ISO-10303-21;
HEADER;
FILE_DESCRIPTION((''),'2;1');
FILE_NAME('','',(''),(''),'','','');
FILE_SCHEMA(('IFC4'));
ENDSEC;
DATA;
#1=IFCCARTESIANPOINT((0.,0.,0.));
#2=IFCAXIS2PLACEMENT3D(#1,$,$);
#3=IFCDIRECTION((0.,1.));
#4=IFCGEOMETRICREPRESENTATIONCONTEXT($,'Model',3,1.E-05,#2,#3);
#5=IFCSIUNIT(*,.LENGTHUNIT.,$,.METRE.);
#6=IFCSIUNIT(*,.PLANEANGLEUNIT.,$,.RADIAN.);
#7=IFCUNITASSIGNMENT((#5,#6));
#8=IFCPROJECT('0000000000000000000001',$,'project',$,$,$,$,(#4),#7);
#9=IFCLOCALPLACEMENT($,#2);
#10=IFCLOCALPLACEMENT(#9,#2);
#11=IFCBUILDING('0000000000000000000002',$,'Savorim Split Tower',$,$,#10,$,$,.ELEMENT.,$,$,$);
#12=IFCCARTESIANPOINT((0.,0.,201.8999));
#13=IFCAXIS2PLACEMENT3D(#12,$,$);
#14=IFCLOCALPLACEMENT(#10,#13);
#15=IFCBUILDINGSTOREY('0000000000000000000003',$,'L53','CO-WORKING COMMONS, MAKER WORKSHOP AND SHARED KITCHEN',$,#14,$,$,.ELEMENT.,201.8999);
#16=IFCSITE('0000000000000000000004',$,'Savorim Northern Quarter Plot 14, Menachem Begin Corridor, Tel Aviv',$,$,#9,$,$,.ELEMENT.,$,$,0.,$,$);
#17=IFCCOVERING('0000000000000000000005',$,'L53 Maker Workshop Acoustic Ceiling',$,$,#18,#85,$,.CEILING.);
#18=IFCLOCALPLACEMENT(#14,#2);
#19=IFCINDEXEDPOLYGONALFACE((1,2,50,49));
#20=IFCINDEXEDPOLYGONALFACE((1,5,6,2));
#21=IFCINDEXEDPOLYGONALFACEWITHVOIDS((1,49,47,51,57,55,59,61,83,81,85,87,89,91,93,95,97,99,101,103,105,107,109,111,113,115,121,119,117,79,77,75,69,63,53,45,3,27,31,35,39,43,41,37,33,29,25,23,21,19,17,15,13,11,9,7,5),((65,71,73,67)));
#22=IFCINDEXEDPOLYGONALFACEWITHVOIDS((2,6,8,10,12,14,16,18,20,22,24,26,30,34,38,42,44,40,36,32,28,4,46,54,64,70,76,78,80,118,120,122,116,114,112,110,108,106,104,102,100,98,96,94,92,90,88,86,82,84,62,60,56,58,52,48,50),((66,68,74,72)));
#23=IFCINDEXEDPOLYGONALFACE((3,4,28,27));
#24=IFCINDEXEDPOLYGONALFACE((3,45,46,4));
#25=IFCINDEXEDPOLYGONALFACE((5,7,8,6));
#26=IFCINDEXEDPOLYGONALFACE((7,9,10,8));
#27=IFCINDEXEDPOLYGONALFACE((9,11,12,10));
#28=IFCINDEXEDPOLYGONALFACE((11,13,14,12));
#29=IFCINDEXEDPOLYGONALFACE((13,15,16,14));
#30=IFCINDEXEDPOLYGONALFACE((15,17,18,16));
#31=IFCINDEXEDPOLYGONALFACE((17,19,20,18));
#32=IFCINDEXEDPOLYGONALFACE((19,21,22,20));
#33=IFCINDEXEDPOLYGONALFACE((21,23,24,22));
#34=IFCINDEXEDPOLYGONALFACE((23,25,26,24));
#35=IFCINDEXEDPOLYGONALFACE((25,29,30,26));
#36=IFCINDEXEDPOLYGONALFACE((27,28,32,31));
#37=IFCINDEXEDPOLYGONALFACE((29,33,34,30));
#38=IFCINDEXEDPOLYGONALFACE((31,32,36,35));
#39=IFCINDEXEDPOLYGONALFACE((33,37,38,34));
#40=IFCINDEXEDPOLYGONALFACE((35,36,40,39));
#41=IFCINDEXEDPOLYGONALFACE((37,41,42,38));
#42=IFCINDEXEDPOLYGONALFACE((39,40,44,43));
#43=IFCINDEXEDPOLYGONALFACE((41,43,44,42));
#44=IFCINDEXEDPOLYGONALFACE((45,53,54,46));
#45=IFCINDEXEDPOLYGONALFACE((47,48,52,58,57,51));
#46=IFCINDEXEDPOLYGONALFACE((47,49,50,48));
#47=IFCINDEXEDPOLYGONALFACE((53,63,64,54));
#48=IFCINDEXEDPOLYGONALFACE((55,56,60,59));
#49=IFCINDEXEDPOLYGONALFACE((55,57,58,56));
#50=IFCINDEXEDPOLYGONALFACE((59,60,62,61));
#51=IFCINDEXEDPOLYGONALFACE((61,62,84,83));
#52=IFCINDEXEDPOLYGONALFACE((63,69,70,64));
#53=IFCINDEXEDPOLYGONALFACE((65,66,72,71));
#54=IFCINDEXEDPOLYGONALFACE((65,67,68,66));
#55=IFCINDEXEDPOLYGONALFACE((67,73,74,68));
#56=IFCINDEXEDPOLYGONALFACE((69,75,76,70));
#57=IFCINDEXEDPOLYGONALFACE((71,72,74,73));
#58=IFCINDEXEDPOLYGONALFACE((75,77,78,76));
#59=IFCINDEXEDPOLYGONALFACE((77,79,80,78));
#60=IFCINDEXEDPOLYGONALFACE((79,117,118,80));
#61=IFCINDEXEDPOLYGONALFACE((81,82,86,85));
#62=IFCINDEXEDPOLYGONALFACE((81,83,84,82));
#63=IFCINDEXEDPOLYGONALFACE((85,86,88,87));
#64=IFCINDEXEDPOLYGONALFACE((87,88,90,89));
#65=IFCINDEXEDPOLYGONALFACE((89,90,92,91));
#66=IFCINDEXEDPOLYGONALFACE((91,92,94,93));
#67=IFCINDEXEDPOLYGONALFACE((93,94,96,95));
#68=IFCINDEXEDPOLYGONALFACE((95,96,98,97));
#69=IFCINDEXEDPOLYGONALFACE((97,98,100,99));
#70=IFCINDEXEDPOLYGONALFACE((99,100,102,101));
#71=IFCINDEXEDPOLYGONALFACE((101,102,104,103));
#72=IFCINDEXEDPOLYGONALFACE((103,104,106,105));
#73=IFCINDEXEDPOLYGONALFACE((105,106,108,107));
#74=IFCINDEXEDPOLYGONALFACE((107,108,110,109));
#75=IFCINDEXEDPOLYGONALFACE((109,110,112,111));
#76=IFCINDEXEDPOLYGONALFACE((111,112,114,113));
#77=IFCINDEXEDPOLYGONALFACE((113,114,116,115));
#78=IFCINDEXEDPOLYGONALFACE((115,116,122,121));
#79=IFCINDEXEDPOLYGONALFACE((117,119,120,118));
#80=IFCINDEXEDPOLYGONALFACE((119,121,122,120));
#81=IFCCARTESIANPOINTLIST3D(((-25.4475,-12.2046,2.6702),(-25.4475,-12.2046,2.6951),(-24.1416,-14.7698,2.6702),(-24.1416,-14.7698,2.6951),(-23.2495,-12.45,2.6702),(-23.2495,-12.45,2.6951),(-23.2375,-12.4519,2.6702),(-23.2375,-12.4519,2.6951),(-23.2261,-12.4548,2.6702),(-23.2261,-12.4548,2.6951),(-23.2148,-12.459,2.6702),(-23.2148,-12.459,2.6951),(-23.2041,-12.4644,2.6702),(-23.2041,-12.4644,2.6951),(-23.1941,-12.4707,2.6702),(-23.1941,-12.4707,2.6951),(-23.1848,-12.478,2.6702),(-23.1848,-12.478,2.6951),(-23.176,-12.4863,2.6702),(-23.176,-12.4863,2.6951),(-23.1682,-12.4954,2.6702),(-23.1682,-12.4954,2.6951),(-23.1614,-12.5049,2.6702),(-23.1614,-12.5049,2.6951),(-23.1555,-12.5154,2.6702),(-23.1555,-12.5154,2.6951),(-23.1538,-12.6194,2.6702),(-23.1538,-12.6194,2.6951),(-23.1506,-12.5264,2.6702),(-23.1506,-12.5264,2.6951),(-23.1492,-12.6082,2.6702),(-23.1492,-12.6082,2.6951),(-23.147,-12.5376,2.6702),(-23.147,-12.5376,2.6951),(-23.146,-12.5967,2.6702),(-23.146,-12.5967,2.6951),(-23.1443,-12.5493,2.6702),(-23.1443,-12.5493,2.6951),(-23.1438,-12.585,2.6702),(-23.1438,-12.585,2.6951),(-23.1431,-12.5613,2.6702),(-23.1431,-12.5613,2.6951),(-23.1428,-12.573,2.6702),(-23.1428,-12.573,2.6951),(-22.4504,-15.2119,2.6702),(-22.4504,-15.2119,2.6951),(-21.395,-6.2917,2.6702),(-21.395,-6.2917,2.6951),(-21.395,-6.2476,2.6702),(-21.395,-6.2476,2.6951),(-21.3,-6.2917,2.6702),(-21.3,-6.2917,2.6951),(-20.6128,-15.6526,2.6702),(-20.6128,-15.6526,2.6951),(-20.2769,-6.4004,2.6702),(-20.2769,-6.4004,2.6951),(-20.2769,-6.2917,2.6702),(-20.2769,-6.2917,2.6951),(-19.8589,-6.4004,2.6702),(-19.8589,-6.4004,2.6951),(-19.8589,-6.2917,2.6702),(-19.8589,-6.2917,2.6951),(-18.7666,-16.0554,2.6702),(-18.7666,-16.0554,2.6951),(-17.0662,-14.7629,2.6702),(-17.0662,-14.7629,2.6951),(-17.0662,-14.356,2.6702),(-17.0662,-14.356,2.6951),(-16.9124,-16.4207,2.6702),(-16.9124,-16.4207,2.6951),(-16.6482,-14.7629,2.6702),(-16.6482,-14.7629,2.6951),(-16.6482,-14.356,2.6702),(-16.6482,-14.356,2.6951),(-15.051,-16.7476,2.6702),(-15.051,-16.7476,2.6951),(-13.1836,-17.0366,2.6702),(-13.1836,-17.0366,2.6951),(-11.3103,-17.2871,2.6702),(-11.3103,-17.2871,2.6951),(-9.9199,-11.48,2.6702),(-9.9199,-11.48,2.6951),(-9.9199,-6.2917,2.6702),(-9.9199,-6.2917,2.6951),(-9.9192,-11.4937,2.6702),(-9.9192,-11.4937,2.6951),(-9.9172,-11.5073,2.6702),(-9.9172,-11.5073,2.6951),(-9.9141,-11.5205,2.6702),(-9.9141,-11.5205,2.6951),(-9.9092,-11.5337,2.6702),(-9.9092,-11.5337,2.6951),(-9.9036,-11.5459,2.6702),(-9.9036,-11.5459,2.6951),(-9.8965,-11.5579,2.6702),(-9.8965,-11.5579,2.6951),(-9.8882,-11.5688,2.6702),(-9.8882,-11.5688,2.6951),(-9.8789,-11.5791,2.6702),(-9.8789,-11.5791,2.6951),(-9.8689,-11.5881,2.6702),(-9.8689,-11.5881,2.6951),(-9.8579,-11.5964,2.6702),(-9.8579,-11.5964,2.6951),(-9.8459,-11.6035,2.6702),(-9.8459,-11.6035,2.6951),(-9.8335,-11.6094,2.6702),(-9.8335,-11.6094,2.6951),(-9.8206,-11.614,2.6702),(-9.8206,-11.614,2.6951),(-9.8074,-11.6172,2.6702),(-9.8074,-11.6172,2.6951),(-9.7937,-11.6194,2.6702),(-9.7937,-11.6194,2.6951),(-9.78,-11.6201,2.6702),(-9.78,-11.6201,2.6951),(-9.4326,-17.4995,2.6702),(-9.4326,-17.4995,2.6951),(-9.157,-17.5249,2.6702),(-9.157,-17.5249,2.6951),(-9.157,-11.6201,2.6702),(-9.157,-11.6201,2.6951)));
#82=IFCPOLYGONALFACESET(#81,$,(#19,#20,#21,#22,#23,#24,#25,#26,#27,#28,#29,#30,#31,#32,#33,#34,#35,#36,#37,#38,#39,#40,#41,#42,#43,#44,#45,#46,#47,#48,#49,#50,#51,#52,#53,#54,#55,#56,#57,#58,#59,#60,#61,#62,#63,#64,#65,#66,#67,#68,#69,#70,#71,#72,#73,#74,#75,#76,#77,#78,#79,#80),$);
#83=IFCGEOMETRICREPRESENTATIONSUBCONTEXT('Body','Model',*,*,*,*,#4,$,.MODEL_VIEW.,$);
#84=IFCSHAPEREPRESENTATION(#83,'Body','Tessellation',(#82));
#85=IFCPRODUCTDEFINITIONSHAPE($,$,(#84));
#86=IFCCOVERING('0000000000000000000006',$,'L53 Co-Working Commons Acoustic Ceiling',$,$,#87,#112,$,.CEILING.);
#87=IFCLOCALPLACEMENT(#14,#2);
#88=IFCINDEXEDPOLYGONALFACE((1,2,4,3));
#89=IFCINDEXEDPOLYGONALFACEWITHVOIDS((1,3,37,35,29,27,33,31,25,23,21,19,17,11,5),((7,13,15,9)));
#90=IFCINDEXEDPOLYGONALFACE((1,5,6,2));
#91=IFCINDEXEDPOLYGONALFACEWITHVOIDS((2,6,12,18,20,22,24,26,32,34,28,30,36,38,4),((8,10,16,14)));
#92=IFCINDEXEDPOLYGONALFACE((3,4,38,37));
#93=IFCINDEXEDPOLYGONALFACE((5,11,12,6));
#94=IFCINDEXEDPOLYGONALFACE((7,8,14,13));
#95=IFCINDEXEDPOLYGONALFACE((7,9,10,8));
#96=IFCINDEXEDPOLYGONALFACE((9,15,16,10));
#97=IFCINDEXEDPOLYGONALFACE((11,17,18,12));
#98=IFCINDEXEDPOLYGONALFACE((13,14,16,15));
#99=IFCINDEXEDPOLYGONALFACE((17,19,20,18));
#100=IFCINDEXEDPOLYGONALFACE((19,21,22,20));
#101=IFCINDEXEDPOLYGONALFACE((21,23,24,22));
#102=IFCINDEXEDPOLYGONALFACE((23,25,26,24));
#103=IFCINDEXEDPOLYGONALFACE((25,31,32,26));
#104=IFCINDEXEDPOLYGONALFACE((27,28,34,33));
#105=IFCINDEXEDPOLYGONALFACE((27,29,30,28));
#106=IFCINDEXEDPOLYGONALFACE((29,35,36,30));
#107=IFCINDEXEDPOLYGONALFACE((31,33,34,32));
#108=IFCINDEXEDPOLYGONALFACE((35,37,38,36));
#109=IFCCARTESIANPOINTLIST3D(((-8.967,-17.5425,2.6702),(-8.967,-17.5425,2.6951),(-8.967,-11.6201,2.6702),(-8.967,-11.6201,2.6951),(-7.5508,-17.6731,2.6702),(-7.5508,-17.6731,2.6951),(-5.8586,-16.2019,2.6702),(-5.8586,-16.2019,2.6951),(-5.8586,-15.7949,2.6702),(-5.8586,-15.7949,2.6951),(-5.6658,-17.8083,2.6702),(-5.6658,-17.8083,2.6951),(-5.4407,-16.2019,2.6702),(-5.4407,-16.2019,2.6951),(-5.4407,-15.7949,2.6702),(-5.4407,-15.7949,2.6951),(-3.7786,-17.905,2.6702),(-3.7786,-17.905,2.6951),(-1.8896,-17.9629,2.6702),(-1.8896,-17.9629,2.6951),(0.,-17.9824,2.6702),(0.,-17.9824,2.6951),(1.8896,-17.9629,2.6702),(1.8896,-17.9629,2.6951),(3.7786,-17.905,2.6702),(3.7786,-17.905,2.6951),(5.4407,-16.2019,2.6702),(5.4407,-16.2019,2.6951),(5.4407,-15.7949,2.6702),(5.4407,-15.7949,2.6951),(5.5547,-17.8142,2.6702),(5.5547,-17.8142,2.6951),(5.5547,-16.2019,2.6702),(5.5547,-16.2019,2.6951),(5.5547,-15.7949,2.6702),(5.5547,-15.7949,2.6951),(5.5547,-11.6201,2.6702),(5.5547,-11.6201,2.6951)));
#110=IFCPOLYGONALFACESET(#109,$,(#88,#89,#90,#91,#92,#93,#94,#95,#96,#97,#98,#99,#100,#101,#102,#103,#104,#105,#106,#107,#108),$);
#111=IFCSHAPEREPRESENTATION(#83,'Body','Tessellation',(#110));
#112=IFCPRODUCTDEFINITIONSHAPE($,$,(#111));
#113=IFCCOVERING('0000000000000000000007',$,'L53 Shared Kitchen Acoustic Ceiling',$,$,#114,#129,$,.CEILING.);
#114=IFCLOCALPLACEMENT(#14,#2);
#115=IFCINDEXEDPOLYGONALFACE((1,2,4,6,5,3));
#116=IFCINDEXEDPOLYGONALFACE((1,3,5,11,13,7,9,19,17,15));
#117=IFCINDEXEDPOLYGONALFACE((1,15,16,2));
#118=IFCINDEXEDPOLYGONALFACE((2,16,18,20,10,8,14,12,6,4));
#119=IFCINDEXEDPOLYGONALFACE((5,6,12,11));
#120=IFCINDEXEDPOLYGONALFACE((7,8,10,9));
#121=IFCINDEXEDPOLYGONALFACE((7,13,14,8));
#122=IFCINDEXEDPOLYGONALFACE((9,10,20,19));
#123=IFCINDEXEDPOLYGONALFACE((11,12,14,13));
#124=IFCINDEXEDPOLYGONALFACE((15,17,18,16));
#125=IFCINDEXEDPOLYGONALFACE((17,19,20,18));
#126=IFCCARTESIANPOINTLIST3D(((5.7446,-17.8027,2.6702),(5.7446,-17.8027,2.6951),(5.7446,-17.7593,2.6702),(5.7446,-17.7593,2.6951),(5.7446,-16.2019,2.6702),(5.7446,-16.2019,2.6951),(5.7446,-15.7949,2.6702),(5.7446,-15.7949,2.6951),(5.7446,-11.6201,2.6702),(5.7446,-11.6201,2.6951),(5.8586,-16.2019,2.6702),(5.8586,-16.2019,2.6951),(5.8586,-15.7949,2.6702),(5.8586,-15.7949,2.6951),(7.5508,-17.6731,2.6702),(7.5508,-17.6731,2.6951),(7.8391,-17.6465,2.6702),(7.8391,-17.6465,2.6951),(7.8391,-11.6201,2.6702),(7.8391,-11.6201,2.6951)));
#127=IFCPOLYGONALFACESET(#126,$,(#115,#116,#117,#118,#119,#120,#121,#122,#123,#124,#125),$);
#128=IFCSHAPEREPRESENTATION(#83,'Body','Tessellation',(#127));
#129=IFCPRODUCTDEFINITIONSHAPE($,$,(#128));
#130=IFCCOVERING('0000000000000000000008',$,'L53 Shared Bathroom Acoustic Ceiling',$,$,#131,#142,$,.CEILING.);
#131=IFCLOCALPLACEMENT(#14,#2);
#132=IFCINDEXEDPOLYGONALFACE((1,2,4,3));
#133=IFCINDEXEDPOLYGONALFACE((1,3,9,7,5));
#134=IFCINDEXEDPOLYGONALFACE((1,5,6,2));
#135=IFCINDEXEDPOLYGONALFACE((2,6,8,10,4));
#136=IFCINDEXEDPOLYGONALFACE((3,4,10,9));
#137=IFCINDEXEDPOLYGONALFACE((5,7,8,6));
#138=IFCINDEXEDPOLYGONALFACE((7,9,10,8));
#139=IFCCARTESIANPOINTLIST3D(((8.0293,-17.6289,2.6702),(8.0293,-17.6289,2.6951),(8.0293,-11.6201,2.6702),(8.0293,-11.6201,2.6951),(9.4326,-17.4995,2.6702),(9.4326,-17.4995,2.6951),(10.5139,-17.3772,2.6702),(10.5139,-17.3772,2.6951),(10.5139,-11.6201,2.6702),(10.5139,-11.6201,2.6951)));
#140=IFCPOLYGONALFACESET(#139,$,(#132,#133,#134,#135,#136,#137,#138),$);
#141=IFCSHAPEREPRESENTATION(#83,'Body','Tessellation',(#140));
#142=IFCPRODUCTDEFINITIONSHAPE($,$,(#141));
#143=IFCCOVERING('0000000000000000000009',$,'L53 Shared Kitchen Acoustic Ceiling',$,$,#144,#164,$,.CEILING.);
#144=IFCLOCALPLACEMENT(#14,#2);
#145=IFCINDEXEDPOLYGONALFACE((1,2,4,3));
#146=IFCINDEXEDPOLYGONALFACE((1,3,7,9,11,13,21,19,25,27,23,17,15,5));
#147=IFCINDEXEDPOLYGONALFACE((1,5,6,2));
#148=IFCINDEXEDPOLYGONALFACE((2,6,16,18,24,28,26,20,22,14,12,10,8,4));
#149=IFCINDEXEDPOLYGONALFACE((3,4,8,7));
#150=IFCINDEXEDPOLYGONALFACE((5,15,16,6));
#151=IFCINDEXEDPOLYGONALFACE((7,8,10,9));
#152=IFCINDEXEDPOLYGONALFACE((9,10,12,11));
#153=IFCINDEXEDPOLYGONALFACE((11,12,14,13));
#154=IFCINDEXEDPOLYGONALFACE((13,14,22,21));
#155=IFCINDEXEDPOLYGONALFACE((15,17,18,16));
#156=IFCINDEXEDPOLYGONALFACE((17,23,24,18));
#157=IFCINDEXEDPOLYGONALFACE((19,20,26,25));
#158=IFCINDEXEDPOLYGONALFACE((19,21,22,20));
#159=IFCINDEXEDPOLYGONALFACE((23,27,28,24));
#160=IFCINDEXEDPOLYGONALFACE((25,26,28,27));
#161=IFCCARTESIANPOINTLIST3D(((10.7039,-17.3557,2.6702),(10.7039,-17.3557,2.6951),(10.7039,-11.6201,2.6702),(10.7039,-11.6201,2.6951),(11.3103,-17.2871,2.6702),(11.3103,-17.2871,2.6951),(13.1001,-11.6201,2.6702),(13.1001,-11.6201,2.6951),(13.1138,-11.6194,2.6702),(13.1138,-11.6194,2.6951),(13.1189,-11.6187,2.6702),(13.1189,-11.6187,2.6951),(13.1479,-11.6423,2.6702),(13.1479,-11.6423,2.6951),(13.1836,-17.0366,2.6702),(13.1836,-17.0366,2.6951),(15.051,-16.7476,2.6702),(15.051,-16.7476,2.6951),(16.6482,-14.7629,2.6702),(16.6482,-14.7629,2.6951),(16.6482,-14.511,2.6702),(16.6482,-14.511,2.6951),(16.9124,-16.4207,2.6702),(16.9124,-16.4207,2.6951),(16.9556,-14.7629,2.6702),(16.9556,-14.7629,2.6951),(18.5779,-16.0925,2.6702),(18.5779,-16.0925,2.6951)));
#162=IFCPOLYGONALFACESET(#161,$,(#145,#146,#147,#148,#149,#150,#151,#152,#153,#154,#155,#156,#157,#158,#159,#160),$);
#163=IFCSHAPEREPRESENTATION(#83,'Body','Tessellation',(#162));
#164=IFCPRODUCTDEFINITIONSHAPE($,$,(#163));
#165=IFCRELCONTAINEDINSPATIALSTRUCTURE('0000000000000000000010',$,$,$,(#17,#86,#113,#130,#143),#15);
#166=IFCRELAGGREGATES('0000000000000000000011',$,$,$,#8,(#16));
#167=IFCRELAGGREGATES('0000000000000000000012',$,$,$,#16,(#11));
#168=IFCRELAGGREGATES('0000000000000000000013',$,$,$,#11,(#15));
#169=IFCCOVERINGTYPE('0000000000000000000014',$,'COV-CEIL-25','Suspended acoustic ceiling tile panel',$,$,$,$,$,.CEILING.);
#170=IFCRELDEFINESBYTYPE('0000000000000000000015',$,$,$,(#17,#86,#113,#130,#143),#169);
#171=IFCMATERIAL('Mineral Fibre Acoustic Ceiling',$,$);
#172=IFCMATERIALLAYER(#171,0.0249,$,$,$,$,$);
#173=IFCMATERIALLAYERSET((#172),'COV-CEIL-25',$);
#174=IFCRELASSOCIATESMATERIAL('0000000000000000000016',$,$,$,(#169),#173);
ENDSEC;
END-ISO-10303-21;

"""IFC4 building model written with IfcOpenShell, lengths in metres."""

from ifc_helpers import new_model, si_unit, direction, frame, origin, place, context, subcontext, project, spatial, polyline, outline, extrude, material, layer, layer_set, type_object, element, save


model = new_model("IFC4")

# Units and contexts
model_context = context("Model", 3, precision=1e-05, world=origin(), true_north=direction((0.0, 1.0)))
body_context = subcontext(model_context, "Body", "Model", "MODEL_VIEW")
ifc_project = project(units=[si_unit("LENGTHUNIT", "METRE"), si_unit("PLANEANGLEUNIT", "RADIAN")], contexts=[model_context])

# Site, building, storey
site_placement = place(None, origin())
site = spatial("IfcSite", under=ifc_project, at=site_placement, Name="Savorim Northern Quarter Plot 14, Menachem Begin Corridor, Tel Aviv", CompositionType="ELEMENT", RefElevation=0.0)
building_placement = place(site_placement, origin())
building = spatial("IfcBuilding", under=site, at=building_placement, Name="Savorim Split Tower", CompositionType="ELEMENT")
storey_placement = place(building_placement, frame((0.0, 0.0, 201.8999)))
storey = spatial("IfcBuildingStorey", under=building, at=storey_placement, Name="L53", Description="CO-WORKING COMMONS, MAKER WORKSHOP AND SHARED KITCHEN", CompositionType="ELEMENT", Elevation=201.8999)

# Coverings
ifc_material_1 = material(Name="Mineral Fibre Acoustic Ceiling")
ifc_layer_1 = layer(ifc_material_1, 0.0249)
ifc_layer_set_1 = layer_set([ifc_layer_1], Name="COV-CEIL-25")
covering_type_1 = type_object("IfcCoveringType", Name="COV-CEIL-25", Description="Suspended acoustic ceiling tile panel", PredefinedType="CEILING", material=ifc_layer_set_1)
covering_1_placement = place(storey_placement, frame((0.0, 0.0, 2.6702)))
element("IfcCovering", 1, at=covering_1_placement, inside=storey, type_object=covering_type_1, Name="L53 Maker Workshop Acoustic Ceiling", PredefinedType="CEILING", context=body_context, shape_type="SweptSolid", body=[
    extrude(outline(polyline([(-23.1428, -12.573), (-23.1438, -12.585), (-23.146, -12.5967), (-23.1492, -12.6082), (-23.1538, -12.6194), (-24.1416, -14.7698), (-22.4504, -15.2119), (-20.6128, -15.6526), (-18.7666, -16.0554), (-16.9124, -16.4207), (-15.051, -16.7476), (-13.1836, -17.0366), (-11.3103, -17.2871), (-9.4326, -17.4995), (-9.157, -17.5249), (-9.157, -11.6201), (-9.78, -11.6201), (-9.7937, -11.6194), (-9.8074, -11.6172), (-9.8206, -11.614), (-9.8335, -11.6094), (-9.8459, -11.6035), (-9.8579, -11.5964), (-9.8689, -11.5881), (-9.8789, -11.5791), (-9.8882, -11.5688), (-9.8965, -11.5579), (-9.9036, -11.5459), (-9.9092, -11.5337), (-9.9141, -11.5205), (-9.9172, -11.5073), (-9.9192, -11.4937), (-9.9199, -11.48), (-9.9199, -6.2917), (-19.8589, -6.2917), (-19.8589, -6.4004), (-20.2769, -6.4004), (-20.2769, -6.2917), (-21.3, -6.2917), (-21.395, -6.2917), (-21.395, -6.2476), (-25.4475, -12.2046), (-23.2495, -12.45), (-23.2375, -12.4519), (-23.2261, -12.4548), (-23.2148, -12.459), (-23.2041, -12.4644), (-23.1941, -12.4707), (-23.1848, -12.478), (-23.176, -12.4863), (-23.1682, -12.4954), (-23.1614, -12.5049), (-23.1555, -12.5154), (-23.1506, -12.5264), (-23.147, -12.5376), (-23.1443, -12.5493), (-23.1431, -12.5613), (-23.1428, -12.573)]), holes=[polyline([(-17.0662, -14.7629), (-16.6482, -14.7629), (-16.6482, -14.356), (-17.0662, -14.356), (-17.0662, -14.7629)])]), origin(), (0.0, 0.0, 1.0), 0.0249),
])
covering_2_placement = place(storey_placement, frame((0.0, 0.0, 2.6702)))
element("IfcCovering", 2, at=covering_2_placement, inside=storey, type_object=covering_type_1, Name="L53 Co-Working Commons Acoustic Ceiling", PredefinedType="CEILING", context=body_context, shape_type="SweptSolid", body=[
    extrude(outline(polyline([(5.4407, -15.7949), (5.5547, -15.7949), (5.5547, -11.6201), (-8.967, -11.6201), (-8.967, -17.5425), (-7.5508, -17.6731), (-5.6658, -17.8083), (-3.7786, -17.905), (-1.8896, -17.9629), (0.0, -17.9824), (1.8896, -17.9629), (3.7786, -17.905), (5.5547, -17.8142), (5.5547, -16.2019), (5.4407, -16.2019), (5.4407, -15.7949)]), holes=[polyline([(-5.8586, -16.2019), (-5.4407, -16.2019), (-5.4407, -15.7949), (-5.8586, -15.7949), (-5.8586, -16.2019)])]), origin(), (0.0, 0.0, 1.0), 0.0249),
])
covering_3_placement = place(storey_placement, frame((0.0, 0.0, 2.6702)))
element("IfcCovering", 3, at=covering_3_placement, inside=storey, type_object=covering_type_1, Name="L53 Shared Kitchen Acoustic Ceiling", PredefinedType="CEILING", context=body_context, shape_type="SweptSolid", body=[
    extrude(outline(polyline([(5.7446, -17.7593), (5.7446, -17.8027), (7.5508, -17.6731), (7.8391, -17.6465), (7.8391, -11.6201), (5.7446, -11.6201), (5.7446, -15.7949), (5.8586, -15.7949), (5.8586, -16.2019), (5.7446, -16.2019), (5.7446, -17.7593)])), origin(), (0.0, 0.0, 1.0), 0.0249),
])
covering_4_placement = place(storey_placement, frame((0.0, 0.0, 2.6702)))
element("IfcCovering", 4, at=covering_4_placement, inside=storey, type_object=covering_type_1, Name="L53 Shared Bathroom Acoustic Ceiling", PredefinedType="CEILING", context=body_context, shape_type="SweptSolid", body=[
    extrude(outline(polyline([(8.0293, -11.6201), (8.0293, -17.6289), (9.4326, -17.4995), (10.5139, -17.3772), (10.5139, -11.6201), (8.0293, -11.6201)])), origin(), (0.0, 0.0, 1.0), 0.0249),
])
covering_5_placement = place(storey_placement, frame((0.0, 0.0, 2.6702)))
element("IfcCovering", 5, at=covering_5_placement, inside=storey, type_object=covering_type_1, Name="L53 Shared Kitchen Acoustic Ceiling", PredefinedType="CEILING", context=body_context, shape_type="SweptSolid", body=[
    extrude(outline(polyline([(11.3103, -17.2871), (13.1836, -17.0366), (15.051, -16.7476), (16.9124, -16.4207), (18.5779, -16.0925), (16.9556, -14.7629), (16.6482, -14.7629), (16.6482, -14.511), (13.1479, -11.6423), (13.1189, -11.6187), (13.1138, -11.6194), (13.1001, -11.6201), (10.7039, -11.6201), (10.7039, -17.3557), (11.3103, -17.2871)])), origin(), (0.0, 0.0, 1.0), 0.0249),
])

save(model, "model.ifc")
